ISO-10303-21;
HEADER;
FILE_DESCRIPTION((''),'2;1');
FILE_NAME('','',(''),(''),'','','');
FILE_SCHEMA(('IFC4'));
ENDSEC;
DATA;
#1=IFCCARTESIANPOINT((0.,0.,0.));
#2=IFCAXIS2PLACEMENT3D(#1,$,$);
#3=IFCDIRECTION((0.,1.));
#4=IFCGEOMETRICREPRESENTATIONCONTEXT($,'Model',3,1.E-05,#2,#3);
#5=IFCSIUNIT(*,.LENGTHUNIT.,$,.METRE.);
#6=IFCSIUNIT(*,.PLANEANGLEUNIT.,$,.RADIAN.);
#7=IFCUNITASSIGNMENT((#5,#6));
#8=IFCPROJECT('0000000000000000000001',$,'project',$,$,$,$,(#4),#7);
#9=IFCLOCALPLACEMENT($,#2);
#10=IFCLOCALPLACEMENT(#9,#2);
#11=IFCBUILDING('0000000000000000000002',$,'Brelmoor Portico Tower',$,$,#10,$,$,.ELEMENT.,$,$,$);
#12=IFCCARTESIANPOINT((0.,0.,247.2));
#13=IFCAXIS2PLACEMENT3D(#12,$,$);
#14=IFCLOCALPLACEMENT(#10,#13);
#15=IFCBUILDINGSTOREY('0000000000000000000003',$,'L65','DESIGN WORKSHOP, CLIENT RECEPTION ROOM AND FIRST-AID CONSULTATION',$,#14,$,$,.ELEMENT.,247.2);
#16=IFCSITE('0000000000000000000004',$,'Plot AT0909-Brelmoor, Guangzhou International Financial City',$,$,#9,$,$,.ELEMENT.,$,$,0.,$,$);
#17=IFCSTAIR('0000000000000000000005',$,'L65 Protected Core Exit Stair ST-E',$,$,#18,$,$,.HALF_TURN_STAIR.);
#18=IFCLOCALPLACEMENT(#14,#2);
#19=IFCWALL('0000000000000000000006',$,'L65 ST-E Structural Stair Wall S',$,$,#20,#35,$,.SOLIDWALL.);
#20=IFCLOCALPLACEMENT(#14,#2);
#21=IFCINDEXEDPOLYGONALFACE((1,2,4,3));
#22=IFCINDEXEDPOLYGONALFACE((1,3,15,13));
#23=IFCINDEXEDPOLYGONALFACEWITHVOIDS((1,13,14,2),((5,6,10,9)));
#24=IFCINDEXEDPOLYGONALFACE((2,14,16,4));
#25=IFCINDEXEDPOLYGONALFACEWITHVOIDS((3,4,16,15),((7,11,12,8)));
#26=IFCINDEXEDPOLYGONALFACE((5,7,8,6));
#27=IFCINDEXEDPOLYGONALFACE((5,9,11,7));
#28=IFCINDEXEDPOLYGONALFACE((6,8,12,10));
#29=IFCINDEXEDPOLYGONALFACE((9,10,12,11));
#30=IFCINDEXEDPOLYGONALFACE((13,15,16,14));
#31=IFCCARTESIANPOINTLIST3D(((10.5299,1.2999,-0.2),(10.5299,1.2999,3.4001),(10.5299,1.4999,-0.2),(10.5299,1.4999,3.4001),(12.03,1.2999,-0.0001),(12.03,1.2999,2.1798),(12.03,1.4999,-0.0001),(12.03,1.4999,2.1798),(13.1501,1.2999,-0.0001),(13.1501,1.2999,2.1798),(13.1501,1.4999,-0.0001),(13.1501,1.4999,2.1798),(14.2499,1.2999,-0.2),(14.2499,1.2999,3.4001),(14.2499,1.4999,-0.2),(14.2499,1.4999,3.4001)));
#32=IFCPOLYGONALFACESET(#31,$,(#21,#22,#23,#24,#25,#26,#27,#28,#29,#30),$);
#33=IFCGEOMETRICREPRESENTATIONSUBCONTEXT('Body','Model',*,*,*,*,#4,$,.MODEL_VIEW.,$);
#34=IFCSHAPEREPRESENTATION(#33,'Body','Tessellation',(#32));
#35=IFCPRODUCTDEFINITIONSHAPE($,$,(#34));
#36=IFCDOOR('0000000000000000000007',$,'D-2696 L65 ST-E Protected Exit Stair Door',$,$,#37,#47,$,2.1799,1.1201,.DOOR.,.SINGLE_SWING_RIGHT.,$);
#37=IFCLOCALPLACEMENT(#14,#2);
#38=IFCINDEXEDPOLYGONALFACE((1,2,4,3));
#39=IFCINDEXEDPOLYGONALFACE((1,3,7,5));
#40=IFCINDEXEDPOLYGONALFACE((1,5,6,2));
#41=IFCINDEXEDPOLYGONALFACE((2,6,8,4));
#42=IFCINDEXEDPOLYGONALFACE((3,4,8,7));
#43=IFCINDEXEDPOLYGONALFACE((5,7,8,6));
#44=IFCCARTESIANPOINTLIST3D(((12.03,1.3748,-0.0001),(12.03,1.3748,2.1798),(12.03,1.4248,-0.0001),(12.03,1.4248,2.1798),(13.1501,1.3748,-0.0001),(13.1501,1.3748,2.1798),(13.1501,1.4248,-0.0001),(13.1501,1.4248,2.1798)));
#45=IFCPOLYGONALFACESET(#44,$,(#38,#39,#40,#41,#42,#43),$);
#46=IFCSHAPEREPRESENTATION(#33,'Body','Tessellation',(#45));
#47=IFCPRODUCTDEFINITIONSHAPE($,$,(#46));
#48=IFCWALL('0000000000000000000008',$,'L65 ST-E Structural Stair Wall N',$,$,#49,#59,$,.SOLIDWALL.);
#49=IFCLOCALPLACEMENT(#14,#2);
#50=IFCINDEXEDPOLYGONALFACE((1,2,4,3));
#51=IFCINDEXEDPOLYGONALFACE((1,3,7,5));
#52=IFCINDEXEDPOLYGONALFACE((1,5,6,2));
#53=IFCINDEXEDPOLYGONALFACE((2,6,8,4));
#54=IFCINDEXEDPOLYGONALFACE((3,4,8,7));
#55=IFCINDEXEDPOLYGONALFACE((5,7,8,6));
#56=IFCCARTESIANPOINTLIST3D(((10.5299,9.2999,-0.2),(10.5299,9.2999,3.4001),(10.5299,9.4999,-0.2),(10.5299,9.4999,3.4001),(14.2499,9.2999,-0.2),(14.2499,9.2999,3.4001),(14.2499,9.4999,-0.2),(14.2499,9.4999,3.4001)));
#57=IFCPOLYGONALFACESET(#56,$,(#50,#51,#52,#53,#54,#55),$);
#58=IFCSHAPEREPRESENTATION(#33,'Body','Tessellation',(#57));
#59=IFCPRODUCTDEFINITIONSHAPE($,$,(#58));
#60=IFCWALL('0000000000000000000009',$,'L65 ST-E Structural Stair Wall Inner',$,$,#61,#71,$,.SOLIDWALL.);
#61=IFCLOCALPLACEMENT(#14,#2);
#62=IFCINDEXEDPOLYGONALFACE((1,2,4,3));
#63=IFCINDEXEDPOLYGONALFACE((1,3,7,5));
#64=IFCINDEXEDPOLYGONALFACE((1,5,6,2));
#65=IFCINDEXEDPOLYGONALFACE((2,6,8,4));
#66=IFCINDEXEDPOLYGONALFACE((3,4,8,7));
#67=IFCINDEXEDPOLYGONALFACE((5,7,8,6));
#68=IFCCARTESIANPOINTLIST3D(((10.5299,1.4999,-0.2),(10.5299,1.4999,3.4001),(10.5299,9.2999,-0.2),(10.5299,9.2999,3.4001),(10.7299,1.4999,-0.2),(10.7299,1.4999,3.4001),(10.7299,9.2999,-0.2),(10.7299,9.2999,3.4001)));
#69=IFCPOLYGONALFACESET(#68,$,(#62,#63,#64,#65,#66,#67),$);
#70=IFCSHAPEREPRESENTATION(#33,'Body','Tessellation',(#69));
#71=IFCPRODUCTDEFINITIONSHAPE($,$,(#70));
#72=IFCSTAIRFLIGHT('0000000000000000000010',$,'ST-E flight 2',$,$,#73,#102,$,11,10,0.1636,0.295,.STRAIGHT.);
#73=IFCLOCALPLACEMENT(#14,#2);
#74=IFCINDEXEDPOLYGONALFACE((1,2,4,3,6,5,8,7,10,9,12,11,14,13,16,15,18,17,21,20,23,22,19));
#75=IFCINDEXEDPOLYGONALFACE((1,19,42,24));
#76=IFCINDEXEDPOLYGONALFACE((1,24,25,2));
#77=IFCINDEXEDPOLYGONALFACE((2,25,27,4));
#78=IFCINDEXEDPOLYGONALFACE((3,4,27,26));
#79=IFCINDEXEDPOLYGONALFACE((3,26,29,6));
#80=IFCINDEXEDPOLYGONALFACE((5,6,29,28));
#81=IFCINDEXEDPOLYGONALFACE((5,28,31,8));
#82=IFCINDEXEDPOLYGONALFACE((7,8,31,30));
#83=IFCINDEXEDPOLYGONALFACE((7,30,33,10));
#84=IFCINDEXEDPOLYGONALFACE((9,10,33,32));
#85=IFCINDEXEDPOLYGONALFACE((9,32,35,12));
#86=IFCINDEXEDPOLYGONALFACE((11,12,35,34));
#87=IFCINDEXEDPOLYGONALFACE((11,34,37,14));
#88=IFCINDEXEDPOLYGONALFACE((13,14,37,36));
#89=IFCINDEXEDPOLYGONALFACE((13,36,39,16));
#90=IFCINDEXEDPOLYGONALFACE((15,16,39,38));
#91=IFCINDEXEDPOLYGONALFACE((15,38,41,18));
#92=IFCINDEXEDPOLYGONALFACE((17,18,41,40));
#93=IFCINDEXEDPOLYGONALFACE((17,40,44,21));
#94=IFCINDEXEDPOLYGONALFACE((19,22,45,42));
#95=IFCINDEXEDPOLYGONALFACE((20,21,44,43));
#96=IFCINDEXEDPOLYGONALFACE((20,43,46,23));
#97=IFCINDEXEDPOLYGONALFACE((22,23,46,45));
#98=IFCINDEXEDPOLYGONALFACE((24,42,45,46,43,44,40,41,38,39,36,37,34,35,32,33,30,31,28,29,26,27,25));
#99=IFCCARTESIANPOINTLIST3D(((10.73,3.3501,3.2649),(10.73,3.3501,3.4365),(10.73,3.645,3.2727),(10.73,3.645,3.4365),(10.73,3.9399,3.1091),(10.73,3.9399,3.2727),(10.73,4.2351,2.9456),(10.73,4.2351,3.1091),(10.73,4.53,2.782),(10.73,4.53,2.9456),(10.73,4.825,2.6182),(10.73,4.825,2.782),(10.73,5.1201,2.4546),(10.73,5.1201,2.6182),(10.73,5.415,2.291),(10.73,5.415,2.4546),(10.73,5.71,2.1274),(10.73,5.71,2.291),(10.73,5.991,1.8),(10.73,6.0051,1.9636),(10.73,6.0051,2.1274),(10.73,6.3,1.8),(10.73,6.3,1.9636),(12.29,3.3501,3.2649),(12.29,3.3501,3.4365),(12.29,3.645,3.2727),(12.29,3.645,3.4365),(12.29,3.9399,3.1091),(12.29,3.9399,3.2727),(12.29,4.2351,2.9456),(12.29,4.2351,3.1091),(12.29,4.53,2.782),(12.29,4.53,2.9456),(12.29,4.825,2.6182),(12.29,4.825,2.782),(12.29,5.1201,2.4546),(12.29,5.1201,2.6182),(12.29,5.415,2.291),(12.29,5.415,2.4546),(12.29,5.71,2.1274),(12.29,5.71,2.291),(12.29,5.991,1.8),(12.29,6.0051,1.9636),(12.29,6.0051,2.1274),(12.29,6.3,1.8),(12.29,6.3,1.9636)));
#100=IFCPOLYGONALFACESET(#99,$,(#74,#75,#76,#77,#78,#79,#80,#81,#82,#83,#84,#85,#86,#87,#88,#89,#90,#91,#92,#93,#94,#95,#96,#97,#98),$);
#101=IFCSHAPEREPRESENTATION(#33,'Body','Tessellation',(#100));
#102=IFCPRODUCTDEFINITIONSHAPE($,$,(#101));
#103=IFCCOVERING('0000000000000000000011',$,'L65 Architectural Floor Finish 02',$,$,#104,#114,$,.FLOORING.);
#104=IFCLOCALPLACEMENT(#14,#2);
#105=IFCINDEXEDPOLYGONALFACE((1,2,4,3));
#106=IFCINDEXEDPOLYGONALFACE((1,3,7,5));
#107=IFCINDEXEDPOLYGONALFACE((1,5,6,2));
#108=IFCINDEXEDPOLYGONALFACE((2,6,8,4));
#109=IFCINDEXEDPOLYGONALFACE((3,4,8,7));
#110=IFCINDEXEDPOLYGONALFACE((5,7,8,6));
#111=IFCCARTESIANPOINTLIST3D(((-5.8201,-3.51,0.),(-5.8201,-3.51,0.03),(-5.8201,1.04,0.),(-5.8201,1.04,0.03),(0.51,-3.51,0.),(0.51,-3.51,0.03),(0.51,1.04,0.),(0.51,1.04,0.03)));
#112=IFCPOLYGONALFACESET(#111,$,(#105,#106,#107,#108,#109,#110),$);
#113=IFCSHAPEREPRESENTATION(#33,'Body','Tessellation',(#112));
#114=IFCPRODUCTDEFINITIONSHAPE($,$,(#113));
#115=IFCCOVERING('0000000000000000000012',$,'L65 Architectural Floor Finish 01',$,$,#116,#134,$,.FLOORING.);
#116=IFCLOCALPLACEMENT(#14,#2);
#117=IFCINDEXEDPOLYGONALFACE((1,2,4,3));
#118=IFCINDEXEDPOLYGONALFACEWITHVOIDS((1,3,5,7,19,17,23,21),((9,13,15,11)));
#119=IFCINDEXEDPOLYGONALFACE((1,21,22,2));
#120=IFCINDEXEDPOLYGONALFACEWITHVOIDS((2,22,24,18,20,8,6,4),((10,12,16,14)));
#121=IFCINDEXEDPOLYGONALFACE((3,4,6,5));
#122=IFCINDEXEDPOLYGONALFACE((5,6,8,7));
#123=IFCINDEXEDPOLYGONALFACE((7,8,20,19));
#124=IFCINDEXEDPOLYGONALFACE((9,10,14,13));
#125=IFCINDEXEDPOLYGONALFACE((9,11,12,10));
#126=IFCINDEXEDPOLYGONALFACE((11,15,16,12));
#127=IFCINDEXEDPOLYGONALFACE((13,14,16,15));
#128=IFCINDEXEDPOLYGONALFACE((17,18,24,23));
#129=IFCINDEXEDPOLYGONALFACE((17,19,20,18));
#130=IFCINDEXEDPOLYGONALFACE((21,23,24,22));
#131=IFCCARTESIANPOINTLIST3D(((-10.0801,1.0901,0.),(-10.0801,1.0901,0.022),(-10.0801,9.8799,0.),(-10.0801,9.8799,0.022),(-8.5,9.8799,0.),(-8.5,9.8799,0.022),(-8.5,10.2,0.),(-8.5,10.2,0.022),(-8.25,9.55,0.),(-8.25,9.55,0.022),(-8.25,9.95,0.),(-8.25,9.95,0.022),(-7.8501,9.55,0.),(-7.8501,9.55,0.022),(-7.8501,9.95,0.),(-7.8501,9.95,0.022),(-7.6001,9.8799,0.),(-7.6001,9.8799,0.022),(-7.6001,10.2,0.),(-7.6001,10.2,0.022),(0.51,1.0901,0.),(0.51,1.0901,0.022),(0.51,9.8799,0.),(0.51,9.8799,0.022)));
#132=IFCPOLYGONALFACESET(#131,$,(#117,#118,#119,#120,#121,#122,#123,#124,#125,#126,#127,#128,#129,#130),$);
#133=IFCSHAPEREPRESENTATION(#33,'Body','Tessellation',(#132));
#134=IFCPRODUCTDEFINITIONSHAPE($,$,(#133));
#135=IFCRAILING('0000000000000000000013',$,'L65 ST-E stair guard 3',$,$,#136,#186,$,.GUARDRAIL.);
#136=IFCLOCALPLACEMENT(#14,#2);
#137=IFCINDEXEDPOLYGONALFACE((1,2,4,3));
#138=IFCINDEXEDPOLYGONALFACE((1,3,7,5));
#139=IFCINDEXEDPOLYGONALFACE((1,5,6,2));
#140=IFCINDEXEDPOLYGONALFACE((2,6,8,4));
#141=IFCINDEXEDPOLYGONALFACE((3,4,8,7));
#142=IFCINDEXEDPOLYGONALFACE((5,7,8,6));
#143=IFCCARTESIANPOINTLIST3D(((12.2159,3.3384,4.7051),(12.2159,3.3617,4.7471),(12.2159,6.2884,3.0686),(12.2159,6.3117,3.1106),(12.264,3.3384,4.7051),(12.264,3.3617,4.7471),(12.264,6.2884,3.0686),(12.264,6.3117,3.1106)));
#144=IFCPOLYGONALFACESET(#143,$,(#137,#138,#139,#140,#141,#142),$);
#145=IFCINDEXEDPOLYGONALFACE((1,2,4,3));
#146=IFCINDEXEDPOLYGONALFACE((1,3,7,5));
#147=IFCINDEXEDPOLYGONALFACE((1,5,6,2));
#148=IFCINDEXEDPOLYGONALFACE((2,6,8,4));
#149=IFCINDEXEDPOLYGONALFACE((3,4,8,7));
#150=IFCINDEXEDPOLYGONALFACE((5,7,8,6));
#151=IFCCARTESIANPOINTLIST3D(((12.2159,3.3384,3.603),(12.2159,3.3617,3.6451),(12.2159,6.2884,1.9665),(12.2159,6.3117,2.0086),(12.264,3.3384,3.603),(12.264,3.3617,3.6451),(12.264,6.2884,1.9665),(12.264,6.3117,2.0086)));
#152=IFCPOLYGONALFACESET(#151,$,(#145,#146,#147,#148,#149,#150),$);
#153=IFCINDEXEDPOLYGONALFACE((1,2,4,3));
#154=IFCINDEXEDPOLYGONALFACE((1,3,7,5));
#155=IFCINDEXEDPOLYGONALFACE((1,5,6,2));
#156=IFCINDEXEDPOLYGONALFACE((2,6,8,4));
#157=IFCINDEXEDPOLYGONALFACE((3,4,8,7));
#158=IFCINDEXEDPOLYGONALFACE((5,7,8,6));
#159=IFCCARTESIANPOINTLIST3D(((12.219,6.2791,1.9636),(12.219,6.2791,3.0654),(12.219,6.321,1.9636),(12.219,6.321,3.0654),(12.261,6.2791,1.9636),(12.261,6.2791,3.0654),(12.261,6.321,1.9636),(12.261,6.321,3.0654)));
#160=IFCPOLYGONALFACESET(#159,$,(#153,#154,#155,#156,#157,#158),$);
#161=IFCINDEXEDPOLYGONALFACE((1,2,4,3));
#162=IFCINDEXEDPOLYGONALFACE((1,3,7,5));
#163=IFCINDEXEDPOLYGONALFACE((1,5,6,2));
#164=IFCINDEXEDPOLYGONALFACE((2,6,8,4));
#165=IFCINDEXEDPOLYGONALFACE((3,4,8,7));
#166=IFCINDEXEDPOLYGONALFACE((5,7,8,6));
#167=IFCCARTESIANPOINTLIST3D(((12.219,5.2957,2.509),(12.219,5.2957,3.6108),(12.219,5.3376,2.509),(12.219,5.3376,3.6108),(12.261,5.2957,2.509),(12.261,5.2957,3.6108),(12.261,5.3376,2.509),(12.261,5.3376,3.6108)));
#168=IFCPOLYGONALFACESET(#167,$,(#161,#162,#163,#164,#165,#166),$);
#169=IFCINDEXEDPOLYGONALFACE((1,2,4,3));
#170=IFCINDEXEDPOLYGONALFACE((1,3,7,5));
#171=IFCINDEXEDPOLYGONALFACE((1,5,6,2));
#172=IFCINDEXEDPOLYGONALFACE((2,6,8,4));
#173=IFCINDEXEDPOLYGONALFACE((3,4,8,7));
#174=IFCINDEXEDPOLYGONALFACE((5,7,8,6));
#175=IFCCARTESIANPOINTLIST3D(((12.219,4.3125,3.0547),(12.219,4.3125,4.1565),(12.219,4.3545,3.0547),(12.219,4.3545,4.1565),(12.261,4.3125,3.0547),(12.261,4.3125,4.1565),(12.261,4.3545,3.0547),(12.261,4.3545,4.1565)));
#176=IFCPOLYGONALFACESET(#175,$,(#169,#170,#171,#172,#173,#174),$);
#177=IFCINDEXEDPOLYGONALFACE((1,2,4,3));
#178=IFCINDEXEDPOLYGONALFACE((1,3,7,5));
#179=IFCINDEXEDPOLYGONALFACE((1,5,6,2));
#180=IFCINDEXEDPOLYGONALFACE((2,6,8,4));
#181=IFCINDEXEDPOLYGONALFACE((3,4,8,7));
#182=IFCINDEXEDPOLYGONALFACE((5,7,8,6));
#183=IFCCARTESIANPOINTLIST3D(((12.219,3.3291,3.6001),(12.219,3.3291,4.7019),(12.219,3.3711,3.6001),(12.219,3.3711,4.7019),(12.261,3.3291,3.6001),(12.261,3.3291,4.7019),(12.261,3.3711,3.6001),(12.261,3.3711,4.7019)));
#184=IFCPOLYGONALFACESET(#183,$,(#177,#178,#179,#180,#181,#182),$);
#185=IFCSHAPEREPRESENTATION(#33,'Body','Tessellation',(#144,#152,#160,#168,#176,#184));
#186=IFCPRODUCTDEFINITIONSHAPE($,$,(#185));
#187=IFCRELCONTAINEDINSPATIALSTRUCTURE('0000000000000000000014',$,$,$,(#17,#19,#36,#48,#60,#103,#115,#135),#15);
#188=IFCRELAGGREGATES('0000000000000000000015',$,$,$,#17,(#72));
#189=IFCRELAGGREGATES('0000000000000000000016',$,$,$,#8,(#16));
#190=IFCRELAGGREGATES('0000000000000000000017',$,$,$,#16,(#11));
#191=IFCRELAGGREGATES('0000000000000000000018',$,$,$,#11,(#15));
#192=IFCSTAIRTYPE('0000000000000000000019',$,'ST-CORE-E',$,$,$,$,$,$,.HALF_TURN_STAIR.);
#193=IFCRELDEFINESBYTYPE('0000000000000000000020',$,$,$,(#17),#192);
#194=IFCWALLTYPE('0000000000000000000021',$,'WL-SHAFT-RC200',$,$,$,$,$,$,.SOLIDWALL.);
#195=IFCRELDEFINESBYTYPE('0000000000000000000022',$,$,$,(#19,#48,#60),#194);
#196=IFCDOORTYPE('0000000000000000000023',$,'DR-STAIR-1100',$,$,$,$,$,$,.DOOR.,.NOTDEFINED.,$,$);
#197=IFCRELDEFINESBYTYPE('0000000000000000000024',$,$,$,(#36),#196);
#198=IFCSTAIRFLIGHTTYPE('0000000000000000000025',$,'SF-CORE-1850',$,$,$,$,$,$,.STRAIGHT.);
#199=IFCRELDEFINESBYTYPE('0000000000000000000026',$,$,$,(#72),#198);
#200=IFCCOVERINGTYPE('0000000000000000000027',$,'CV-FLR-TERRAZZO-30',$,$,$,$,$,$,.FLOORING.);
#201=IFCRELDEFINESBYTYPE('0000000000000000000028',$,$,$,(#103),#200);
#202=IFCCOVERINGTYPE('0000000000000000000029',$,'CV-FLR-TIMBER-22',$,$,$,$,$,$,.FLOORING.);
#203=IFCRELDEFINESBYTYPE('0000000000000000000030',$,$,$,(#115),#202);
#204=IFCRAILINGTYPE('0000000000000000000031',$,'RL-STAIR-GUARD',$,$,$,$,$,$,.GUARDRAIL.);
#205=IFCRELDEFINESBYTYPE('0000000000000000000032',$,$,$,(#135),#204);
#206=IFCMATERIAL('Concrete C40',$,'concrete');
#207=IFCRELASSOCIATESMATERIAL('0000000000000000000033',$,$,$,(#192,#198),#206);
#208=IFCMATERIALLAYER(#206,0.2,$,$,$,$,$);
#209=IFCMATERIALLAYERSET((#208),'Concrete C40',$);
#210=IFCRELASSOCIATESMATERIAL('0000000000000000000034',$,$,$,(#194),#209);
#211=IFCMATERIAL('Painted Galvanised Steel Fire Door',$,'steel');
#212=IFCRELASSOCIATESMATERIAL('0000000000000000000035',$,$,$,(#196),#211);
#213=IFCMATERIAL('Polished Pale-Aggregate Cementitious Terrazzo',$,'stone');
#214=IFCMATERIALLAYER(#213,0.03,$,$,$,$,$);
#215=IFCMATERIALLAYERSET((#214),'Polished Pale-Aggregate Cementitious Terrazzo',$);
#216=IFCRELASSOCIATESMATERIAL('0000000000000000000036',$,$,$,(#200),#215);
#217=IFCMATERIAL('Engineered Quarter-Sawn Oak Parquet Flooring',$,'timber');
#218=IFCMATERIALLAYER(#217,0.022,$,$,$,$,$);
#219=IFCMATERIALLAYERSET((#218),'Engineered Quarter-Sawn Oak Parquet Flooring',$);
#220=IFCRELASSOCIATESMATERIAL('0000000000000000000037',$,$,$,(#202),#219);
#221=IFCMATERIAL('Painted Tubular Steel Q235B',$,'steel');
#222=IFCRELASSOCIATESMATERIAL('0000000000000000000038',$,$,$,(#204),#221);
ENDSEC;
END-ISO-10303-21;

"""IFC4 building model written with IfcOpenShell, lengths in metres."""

from ifc_helpers import new_model, si_unit, direction, frame, frame_2d, origin, origin_2d, place, context, subcontext, project, spatial, polyline, rectangle, outline, extrude, material, layer, layer_set, type_object, element, fill, aggregate, save


model = new_model("IFC4")

# Units and contexts
model_context = context("Model", 3, precision=1e-05, world=origin(), true_north=direction((0.0, 1.0)))
body_context = subcontext(model_context, "Body", "Model", "MODEL_VIEW")
ifc_project = project(units=[si_unit("LENGTHUNIT", "METRE"), si_unit("PLANEANGLEUNIT", "RADIAN")], contexts=[model_context])

# Site, building, storey
site_placement = place(None, origin())
site = spatial("IfcSite", under=ifc_project, at=site_placement, Name="Plot AT0909-Brelmoor, Guangzhou International Financial City", CompositionType="ELEMENT", RefElevation=0.0)
building_placement = place(site_placement, origin())
building = spatial("IfcBuilding", under=site, at=building_placement, Name="Brelmoor Portico Tower", CompositionType="ELEMENT")
storey_placement = place(building_placement, frame((0.0, 0.0, 247.2)))
storey = spatial("IfcBuildingStorey", under=building, at=storey_placement, Name="L65", Description="DESIGN WORKSHOP, CLIENT RECEPTION ROOM AND FIRST-AID CONSULTATION", CompositionType="ELEMENT", Elevation=247.2)

# Shared definitions
ifc_material_1 = material(Name="Concrete C40", Category="concrete")

# Stair
stair_type_1 = type_object("IfcStairType", Name="ST-CORE-E", PredefinedType="HALF_TURN_STAIR", material=ifc_material_1)
stair_1_placement = place(storey_placement, origin())
stair_1 = element("IfcStair", 1, at=stair_1_placement, inside=storey, type_object=stair_type_1, Name="L65 Protected Core Exit Stair ST-E", PredefinedType="HALF_TURN_STAIR")

# Wall, opening, door
ifc_layer_1 = layer(ifc_material_1, 0.2)
ifc_layer_set_1 = layer_set([ifc_layer_1], Name="Concrete C40")
wall_type_1 = type_object("IfcWallType", Name="WL-SHAFT-RC200", PredefinedType="SOLIDWALL", material=ifc_layer_set_1)
wall_1_placement = place(storey_placement, frame((10.53, 1.3999, -0.2), z_axis=(0.0, 0.0, 1.0), x_axis=(1.0, 0.0, 0.0)))
wall_1 = element("IfcWall", 2, at=wall_1_placement, inside=storey, type_object=wall_type_1, Name="L65 ST-E Structural Stair Wall S", PredefinedType="SOLIDWALL", context=body_context, shape_type="SweptSolid", body=[
    extrude(rectangle(XDim=3.72, YDim=0.2, at=frame_2d((1.8599, 0.0))), origin(), (0.0, 0.0, 1.0), 3.6001),
])
opening_placement = place(wall_1_placement, frame((1.5, 0.0, 0.2)))
opening = element("IfcOpeningElement", 3, at=opening_placement, cuts=wall_1, PredefinedType="OPENING", context=body_context, shape_type="SweptSolid", body=[
    extrude(rectangle(XDim=1.1201, YDim=2.1799, at=frame_2d((0.5601, 1.0898))), frame((0.0, 0.1099, 0.0), z_axis=(0.0, -1.0, 0.0), x_axis=(1.0, 0.0, 0.0)), (0.0, 0.0, 1.0), 0.22),
])
ifc_material_2 = material(Name="Painted Galvanised Steel Fire Door", Category="steel")
door_type = type_object("IfcDoorType", Name="DR-STAIR-1100", OperationType="NOTDEFINED", PredefinedType="DOOR", material=ifc_material_2)
door_placement = place(opening_placement, origin())
door = element("IfcDoor", 4, at=door_placement, inside=storey, type_object=door_type, Name="D-2696 L65 ST-E Protected Exit Stair Door", OperationType="SINGLE_SWING_RIGHT", OverallHeight=2.1799, OverallWidth=1.1201, PredefinedType="DOOR", context=body_context, shape_type="SweptSolid", body=[
    extrude(rectangle(XDim=1.1201, YDim=2.1799, at=frame_2d((0.5601, 1.0898))), frame((0.0, 0.0249, 0.0), z_axis=(0.0, -1.0, 0.0), x_axis=(1.0, 0.0, 0.0)), (0.0, 0.0, 1.0), 0.05),
])
fill(opening, door)

# Walls
wall_2_placement = place(storey_placement, frame((10.53, 9.3999, -0.2), z_axis=(0.0, 0.0, 1.0), x_axis=(1.0, 0.0, 0.0)))
element("IfcWall", 5, at=wall_2_placement, inside=storey, type_object=wall_type_1, Name="L65 ST-E Structural Stair Wall N", PredefinedType="SOLIDWALL", context=body_context, shape_type="SweptSolid", body=[
    extrude(rectangle(XDim=3.72, YDim=0.2, at=frame_2d((1.8599, 0.0))), origin(), (0.0, 0.0, 1.0), 3.6001),
])
wall_3_placement = place(storey_placement, frame((10.6299, 1.5, -0.2), z_axis=(0.0, 0.0, 1.0), x_axis=(0.0, 1.0, 0.0)))
element("IfcWall", 6, at=wall_3_placement, inside=storey, type_object=wall_type_1, Name="L65 ST-E Structural Stair Wall Inner", PredefinedType="SOLIDWALL", context=body_context, shape_type="SweptSolid", body=[
    extrude(rectangle(XDim=7.8, YDim=0.2, at=frame_2d((3.8999, 0.0))), origin(), (0.0, 0.0, 1.0), 3.6001),
])

# Stair flight
stair_flight_type = type_object("IfcStairFlightType", Name="SF-CORE-1850", PredefinedType="STRAIGHT", material=ifc_material_1)
stair_flight_placement = place(storey_placement, frame((11.51, 6.3, 1.8), z_axis=(0.0, 0.0, 1.0), x_axis=(0.0, -1.0, 0.0)))
stair_flight = element("IfcStairFlight", 7, at=stair_flight_placement, type_object=stair_flight_type, Name="ST-E flight 2", NumberOfRisers=11, NumberOfTreads=10, PredefinedType="STRAIGHT", RiserHeight=0.1636, TreadLength=0.295, context=body_context, shape_type="SweptSolid", body=[
    extrude(outline(polyline([(0.0, 0.0), (0.0, 0.1636), (0.2949, 0.1636), (0.2949, 0.3274), (0.5901, 0.3274), (0.5901, 0.491), (0.885, 0.491), (0.885, 0.6545), (1.1799, 0.6545), (1.1799, 0.8181), (1.4751, 0.8181), (1.4751, 0.9819), (1.77, 0.9819), (1.77, 1.1455), (2.0649, 1.1455), (2.0649, 1.3091), (2.3601, 1.3091), (2.3601, 1.4727), (2.655, 1.4727), (2.655, 1.6365), (2.95, 1.6365), (2.95, 1.8), (2.95, 1.4648), (0.3091, 0.0), (0.0, 0.0)])), frame((0.0, 0.78, 0.0), z_axis=(0.0, -1.0, 0.0), x_axis=(1.0, 0.0, 0.0)), (0.0, 0.0, 1.0), 1.5601),
])
aggregate(stair_1, [stair_flight])

# Coverings
ifc_material_3 = material(Name="Polished Pale-Aggregate Cementitious Terrazzo", Category="stone")
ifc_layer_2 = layer(ifc_material_3, 0.03)
ifc_layer_set_2 = layer_set([ifc_layer_2], Name="Polished Pale-Aggregate Cementitious Terrazzo")
covering_type_1 = type_object("IfcCoveringType", Name="CV-FLR-TERRAZZO-30", PredefinedType="FLOORING", material=ifc_layer_set_2)
covering_1_placement = place(storey_placement, origin())
element("IfcCovering", 8, at=covering_1_placement, inside=storey, type_object=covering_type_1, Name="L65 Architectural Floor Finish 02", PredefinedType="FLOORING", context=body_context, shape_type="SweptSolid", body=[
    extrude(outline(polyline([(-5.8201, -3.51), (-5.8201, 1.04), (0.51, 1.04), (0.51, -3.51), (-5.8201, -3.51)])), origin(), (0.0, 0.0, 1.0), 0.03),
])
ifc_material_4 = material(Name="Engineered Quarter-Sawn Oak Parquet Flooring", Category="timber")
ifc_layer_3 = layer(ifc_material_4, 0.022)
ifc_layer_set_3 = layer_set([ifc_layer_3], Name="Engineered Quarter-Sawn Oak Parquet Flooring")
covering_type_2 = type_object("IfcCoveringType", Name="CV-FLR-TIMBER-22", PredefinedType="FLOORING", material=ifc_layer_set_3)
covering_2_placement = place(storey_placement, origin())
element("IfcCovering", 9, at=covering_2_placement, inside=storey, type_object=covering_type_2, Name="L65 Architectural Floor Finish 01", PredefinedType="FLOORING", context=body_context, shape_type="SweptSolid", body=[
    extrude(outline(polyline([(-10.0801, 9.8799), (-8.5, 9.8799), (-8.5, 10.2), (-7.6001, 10.2), (-7.6001, 9.8799), (0.51, 9.8799), (0.51, 1.0901), (-10.0801, 1.0901), (-10.0801, 9.8799)]), holes=[polyline([(-7.8501, 9.55), (-7.8501, 9.95), (-8.25, 9.95), (-8.25, 9.55), (-7.8501, 9.55)])]), origin(), (0.0, 0.0, 1.0), 0.022),
])

# Railing
ifc_material_5 = material(Name="Painted Tubular Steel Q235B", Category="steel")
railing_type_1 = type_object("IfcRailingType", Name="RL-STAIR-GUARD", PredefinedType="GUARDRAIL", material=ifc_material_5)
railing_1_placement = place(storey_placement, frame((12.24, 6.3, 1.9636)))
element("IfcRailing", 10, at=railing_1_placement, inside=storey, type_object=railing_type_1, Name="L65 ST-E stair guard 3", PredefinedType="GUARDRAIL", context=body_context, shape_type="SweptSolid", body=[
    extrude(rectangle(XDim=0.0481, YDim=0.0481, at=origin_2d()), frame((0.0, 0.0, 1.126), z_axis=(0.0, -0.874458, 0.485102), x_axis=(1.0, 0.0, 0.0)), (0.0, 0.0, 1.0), 3.3735),
    extrude(rectangle(XDim=0.0481, YDim=0.0481, at=origin_2d()), frame((0.0, 0.0, 0.0239), z_axis=(0.0, -0.874458, 0.485102), x_axis=(1.0, 0.0, 0.0)), (0.0, 0.0, 1.0), 3.3735),
    extrude(rectangle(XDim=0.042, YDim=0.042, at=origin_2d()), origin(), (0.0, 0.0, 1.0), 1.1018),
    extrude(rectangle(XDim=0.042, YDim=0.042, at=origin_2d()), frame((0.0, -0.9834, 0.5454)), (0.0, 0.0, 1.0), 1.1018),
    extrude(rectangle(XDim=0.042, YDim=0.042, at=origin_2d()), frame((0.0, -1.9666, 1.0911)), (0.0, 0.0, 1.0), 1.1018),
    extrude(rectangle(XDim=0.042, YDim=0.042, at=origin_2d()), frame((0.0, -2.95, 1.6365)), (0.0, 0.0, 1.0), 1.1018),
])

save(model, "model.ifc")
